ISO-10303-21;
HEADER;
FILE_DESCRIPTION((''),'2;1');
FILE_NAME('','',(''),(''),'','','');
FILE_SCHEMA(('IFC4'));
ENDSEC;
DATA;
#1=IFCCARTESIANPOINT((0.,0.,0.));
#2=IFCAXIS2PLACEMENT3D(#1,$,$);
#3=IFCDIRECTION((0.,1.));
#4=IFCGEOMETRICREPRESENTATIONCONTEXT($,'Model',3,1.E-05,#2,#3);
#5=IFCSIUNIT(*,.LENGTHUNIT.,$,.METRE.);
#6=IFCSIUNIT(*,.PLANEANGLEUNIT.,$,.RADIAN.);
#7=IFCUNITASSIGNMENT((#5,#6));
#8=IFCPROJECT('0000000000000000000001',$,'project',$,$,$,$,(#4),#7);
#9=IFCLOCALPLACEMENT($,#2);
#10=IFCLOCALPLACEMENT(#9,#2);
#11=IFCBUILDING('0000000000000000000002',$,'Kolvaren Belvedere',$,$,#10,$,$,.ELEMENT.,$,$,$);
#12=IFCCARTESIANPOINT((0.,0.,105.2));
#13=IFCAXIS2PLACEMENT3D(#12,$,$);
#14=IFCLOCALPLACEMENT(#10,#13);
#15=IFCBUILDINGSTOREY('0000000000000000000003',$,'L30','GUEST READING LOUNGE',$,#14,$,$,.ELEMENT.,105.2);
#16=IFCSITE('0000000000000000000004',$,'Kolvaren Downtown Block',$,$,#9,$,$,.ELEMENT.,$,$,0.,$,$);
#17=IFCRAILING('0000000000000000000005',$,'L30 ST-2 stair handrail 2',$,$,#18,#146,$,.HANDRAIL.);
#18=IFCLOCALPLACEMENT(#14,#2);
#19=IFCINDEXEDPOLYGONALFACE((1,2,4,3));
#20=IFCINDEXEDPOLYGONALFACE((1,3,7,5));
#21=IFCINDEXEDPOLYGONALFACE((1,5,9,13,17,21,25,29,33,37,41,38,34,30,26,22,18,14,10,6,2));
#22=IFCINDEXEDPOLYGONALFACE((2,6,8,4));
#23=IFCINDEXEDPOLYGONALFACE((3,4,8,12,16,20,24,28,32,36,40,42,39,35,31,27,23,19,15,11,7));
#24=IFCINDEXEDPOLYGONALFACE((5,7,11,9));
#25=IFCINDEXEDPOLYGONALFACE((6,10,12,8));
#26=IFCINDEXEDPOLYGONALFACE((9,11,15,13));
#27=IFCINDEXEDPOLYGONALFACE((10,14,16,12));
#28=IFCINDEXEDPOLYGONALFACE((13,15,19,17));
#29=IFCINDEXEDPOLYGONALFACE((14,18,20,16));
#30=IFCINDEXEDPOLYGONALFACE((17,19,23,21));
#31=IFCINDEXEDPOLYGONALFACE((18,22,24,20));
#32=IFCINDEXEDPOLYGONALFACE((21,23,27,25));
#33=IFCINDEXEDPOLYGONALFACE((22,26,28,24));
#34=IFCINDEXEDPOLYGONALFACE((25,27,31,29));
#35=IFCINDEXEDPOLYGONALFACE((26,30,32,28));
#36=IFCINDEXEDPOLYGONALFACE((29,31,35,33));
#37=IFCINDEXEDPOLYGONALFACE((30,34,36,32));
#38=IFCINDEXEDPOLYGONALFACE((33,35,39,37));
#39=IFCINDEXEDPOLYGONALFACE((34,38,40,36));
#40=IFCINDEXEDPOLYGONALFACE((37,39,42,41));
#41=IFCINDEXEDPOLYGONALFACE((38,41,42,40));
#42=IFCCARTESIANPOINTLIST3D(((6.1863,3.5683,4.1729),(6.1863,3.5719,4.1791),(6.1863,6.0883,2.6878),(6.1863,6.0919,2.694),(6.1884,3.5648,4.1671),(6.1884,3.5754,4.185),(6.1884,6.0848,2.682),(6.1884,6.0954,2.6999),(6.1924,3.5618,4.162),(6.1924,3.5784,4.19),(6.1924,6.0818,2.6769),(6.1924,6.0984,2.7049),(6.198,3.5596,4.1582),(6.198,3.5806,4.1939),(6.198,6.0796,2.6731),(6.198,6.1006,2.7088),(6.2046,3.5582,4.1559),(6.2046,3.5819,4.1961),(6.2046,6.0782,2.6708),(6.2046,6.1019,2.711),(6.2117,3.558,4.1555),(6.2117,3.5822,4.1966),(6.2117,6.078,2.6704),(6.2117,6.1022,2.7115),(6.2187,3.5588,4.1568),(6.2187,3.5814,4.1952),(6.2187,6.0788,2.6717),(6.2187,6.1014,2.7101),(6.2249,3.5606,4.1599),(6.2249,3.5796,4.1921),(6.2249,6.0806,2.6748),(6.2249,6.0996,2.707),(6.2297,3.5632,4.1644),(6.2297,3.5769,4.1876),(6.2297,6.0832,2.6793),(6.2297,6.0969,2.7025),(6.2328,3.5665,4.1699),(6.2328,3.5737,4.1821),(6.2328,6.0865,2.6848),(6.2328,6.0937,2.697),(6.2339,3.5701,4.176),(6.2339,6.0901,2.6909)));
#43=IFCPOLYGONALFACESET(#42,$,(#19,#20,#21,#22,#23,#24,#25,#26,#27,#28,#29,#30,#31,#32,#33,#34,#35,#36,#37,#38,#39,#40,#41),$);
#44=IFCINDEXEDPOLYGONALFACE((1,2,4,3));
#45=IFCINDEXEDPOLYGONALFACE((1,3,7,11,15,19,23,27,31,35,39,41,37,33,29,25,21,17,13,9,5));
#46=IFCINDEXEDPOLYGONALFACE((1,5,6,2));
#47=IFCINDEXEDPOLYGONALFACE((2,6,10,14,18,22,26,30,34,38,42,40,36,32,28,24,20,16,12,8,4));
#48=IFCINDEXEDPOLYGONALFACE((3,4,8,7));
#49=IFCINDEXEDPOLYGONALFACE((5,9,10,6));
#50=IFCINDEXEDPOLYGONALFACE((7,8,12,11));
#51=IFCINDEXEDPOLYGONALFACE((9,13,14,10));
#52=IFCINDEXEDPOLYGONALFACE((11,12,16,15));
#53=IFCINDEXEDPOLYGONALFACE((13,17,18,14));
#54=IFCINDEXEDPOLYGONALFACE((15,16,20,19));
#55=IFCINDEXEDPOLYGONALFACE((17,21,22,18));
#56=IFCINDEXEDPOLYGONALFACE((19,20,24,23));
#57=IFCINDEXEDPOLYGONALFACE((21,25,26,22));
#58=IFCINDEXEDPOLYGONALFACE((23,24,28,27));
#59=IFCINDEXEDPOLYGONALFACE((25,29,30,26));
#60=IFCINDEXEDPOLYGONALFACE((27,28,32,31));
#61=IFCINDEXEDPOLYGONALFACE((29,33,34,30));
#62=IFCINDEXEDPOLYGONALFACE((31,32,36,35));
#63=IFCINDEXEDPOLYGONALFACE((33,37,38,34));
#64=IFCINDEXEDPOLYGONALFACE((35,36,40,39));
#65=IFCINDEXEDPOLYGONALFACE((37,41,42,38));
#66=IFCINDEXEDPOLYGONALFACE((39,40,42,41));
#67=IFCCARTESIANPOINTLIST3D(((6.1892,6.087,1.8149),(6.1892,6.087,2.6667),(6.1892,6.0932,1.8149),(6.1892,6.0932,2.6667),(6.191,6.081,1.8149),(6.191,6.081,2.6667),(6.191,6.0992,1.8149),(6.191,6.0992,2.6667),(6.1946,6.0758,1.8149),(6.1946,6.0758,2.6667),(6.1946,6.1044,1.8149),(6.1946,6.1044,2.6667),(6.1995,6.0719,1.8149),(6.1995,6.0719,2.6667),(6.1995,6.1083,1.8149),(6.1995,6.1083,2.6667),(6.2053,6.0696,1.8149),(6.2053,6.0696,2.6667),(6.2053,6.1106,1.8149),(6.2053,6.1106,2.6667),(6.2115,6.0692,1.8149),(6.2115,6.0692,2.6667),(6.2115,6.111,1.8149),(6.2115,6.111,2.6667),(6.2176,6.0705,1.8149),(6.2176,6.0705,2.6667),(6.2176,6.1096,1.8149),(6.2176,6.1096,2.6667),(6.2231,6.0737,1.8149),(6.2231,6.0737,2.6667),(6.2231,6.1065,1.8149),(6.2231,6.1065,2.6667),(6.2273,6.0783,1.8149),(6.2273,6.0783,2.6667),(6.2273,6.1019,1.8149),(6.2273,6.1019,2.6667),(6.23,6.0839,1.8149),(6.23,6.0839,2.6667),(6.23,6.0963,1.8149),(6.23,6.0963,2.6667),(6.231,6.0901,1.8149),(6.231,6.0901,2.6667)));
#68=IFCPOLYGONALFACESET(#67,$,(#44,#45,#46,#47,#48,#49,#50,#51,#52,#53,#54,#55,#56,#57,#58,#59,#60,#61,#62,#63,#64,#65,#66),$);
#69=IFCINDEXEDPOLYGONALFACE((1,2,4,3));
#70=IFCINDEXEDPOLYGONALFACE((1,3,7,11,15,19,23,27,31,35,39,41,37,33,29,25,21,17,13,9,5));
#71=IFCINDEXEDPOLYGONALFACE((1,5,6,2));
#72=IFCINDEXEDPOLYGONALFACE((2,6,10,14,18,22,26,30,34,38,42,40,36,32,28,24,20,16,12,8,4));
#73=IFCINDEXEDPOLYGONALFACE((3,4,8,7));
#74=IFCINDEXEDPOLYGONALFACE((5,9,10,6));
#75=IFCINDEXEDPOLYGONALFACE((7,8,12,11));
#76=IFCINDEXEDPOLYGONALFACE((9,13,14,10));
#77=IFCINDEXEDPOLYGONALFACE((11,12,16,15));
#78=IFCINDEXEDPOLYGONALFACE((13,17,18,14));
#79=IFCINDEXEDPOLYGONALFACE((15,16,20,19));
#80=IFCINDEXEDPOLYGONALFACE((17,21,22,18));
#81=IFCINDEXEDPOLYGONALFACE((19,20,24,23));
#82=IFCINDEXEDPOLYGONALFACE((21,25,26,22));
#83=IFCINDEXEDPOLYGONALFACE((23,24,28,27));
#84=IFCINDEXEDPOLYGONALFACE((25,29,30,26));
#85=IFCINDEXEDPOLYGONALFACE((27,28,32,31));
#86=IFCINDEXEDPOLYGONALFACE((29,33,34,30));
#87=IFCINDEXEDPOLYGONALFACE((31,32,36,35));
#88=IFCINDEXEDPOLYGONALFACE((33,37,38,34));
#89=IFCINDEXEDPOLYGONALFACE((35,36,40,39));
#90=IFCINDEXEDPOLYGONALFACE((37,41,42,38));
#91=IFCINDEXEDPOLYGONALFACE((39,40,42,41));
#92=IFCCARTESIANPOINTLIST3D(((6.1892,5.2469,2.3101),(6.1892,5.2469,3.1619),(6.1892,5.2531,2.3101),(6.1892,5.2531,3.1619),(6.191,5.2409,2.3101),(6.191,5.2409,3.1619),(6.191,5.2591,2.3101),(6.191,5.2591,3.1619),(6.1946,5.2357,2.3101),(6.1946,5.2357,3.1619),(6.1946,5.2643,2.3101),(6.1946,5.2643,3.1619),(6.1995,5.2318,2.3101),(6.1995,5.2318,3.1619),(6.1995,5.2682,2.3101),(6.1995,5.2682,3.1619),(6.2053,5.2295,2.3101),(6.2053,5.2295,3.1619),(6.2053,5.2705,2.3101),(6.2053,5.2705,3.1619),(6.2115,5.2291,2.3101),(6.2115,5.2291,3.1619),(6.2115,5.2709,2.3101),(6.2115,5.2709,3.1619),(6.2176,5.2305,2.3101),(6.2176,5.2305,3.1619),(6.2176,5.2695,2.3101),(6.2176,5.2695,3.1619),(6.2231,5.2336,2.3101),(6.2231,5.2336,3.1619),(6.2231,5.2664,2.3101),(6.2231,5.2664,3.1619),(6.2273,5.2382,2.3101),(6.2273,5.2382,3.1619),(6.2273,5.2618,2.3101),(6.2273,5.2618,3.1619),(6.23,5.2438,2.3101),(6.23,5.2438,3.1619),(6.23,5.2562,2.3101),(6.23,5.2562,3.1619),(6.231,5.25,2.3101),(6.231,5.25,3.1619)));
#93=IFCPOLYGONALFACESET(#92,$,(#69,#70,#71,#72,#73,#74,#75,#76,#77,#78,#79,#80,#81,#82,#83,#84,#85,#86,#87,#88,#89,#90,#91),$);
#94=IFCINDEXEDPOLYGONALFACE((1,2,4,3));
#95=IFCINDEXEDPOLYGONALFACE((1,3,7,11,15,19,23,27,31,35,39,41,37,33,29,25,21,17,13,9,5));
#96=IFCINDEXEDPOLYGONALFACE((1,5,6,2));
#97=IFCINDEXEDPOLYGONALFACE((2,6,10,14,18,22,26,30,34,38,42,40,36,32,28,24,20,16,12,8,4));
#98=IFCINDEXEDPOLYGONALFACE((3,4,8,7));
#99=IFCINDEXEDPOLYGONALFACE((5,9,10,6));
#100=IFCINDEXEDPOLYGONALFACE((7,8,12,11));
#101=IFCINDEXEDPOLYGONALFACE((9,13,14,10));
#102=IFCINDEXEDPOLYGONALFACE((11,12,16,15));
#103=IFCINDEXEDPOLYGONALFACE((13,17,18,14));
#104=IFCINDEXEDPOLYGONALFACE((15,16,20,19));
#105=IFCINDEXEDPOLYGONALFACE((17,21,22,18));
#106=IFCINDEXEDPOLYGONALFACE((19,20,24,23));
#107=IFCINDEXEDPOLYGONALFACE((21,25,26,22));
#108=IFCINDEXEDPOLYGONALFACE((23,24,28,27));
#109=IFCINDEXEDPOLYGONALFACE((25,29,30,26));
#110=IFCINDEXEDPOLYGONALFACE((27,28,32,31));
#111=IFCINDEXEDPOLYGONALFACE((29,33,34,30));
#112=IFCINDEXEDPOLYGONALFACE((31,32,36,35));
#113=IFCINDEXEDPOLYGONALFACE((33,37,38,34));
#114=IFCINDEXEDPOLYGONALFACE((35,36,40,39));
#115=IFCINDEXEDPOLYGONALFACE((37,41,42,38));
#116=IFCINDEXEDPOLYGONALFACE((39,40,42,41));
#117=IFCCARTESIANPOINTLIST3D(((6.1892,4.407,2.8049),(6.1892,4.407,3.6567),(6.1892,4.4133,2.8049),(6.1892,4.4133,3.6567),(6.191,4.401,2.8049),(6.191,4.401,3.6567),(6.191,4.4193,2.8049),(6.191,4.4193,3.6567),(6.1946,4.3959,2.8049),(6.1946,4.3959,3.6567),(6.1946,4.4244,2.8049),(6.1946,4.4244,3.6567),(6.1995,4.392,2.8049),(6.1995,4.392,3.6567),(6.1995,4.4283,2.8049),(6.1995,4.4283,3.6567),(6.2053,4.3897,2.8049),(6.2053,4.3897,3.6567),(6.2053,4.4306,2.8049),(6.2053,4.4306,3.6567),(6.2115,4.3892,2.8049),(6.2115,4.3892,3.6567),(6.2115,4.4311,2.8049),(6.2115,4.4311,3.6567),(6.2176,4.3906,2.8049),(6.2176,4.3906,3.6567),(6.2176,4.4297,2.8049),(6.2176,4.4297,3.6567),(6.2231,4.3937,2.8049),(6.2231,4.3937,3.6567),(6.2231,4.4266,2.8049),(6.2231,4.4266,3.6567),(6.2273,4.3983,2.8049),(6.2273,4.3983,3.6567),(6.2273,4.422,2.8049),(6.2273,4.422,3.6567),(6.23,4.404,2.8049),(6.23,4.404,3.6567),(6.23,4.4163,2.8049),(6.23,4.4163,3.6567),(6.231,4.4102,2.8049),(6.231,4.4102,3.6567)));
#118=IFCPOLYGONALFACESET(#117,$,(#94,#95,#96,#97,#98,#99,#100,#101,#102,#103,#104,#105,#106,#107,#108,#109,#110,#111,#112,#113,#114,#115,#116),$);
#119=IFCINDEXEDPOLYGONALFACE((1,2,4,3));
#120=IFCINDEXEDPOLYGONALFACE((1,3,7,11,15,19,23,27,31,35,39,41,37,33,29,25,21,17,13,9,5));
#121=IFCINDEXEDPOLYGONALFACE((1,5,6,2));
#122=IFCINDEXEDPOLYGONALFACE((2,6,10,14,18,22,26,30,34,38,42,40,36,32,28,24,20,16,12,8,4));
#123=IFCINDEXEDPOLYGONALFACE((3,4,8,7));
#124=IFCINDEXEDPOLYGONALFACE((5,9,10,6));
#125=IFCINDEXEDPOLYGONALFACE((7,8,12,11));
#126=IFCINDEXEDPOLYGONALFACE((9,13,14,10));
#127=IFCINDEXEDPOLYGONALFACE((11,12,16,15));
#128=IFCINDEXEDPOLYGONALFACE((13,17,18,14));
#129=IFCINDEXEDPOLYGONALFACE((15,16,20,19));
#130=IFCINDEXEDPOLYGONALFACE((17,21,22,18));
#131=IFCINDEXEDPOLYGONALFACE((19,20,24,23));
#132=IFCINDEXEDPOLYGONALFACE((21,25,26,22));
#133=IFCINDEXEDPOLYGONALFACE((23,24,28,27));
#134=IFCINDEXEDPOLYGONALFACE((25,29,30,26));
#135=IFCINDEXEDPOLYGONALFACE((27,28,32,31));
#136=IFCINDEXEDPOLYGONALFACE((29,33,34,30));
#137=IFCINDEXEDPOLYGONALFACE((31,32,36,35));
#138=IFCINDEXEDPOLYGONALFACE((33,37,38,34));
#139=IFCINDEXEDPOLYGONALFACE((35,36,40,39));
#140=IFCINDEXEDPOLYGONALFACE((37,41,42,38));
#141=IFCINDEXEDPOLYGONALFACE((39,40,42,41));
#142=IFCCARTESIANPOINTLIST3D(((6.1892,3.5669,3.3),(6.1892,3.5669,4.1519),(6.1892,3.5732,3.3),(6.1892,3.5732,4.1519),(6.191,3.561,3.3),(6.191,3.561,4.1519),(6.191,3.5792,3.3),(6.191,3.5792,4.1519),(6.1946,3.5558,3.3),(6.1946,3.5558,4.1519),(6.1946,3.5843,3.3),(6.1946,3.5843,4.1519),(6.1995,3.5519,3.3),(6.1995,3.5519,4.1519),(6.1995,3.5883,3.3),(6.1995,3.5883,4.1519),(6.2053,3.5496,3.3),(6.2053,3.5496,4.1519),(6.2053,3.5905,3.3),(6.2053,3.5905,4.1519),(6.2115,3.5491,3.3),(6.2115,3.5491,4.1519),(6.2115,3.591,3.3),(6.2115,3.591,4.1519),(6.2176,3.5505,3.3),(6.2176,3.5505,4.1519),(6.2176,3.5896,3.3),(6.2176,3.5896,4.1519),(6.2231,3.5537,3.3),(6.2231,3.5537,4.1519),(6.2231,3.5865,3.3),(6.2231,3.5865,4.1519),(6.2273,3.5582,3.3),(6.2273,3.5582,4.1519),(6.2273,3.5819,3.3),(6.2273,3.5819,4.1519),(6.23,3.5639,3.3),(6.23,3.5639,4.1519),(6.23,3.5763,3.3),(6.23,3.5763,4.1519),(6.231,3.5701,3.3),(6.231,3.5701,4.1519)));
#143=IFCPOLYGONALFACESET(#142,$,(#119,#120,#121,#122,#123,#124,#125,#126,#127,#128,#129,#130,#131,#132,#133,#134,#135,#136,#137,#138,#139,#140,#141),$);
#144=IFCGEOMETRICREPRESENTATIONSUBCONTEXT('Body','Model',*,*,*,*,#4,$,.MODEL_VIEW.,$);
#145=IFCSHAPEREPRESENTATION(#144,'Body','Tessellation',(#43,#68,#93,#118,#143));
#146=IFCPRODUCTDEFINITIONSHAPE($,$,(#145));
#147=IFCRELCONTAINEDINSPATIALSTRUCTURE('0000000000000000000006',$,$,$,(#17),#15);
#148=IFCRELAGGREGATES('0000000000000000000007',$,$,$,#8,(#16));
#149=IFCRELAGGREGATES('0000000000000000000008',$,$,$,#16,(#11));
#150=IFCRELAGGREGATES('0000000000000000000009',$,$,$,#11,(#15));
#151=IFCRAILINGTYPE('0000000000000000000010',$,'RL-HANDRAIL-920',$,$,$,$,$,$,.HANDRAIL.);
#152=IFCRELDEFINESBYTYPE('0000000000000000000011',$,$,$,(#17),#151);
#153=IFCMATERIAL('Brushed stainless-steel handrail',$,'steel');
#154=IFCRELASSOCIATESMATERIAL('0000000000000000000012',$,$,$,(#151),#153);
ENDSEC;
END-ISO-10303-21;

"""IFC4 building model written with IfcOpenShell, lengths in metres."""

from ifc_helpers import new_model, si_unit, direction, frame, origin, origin_2d, place, context, subcontext, project, spatial, circle, extrude, material, type_object, element, save


model = new_model("IFC4")

# Units and contexts
model_context = context("Model", 3, precision=1e-05, world=origin(), true_north=direction((0.0, 1.0)))
body_context = subcontext(model_context, "Body", "Model", "MODEL_VIEW")
ifc_project = project(units=[si_unit("LENGTHUNIT", "METRE"), si_unit("PLANEANGLEUNIT", "RADIAN")], contexts=[model_context])

# Site, building, storey
site_placement = place(None, origin())
site = spatial("IfcSite", under=ifc_project, at=site_placement, Name="Kolvaren Downtown Block", CompositionType="ELEMENT", RefElevation=0.0)
building_placement = place(site_placement, origin())
building = spatial("IfcBuilding", under=site, at=building_placement, Name="Kolvaren Belvedere", CompositionType="ELEMENT")
storey_placement = place(building_placement, frame((0.0, 0.0, 105.2)))
storey = spatial("IfcBuildingStorey", under=building, at=storey_placement, Name="L30", Description="GUEST READING LOUNGE", CompositionType="ELEMENT", Elevation=105.2)

# Railing
ifc_material_1 = material(Name="Brushed stainless-steel handrail", Category="steel")
railing_type_1 = type_object("IfcRailingType", Name="RL-HANDRAIL-920", PredefinedType="HANDRAIL", material=ifc_material_1)
railing_1_placement = place(storey_placement, frame((6.21, 6.0901, 1.8149)))
element("IfcRailing", 1, at=railing_1_placement, inside=storey, type_object=railing_type_1, Name="L30 ST-2 stair handrail 2", PredefinedType="HANDRAIL", context=body_context, shape_type="SweptSolid", body=[
    extrude(circle(Radius=0.0239, at=origin_2d()), frame((0.0, 0.0, 0.876), z_axis=(0.0, -0.861524, 0.507717), x_axis=(1.0, 0.0, 0.0)), (0.0, 0.0, 1.0), 2.925),
    extrude(circle(Radius=0.021, at=origin_2d()), origin(), (0.0, 0.0, 1.0), 0.8518),
    extrude(circle(Radius=0.021, at=origin_2d()), frame((0.0, -0.8401, 0.4951)), (0.0, 0.0, 1.0), 0.8518),
    extrude(circle(Radius=0.021, at=origin_2d()), frame((0.0, -1.6799, 0.99)), (0.0, 0.0, 1.0), 0.8518),
    extrude(circle(Radius=0.021, at=origin_2d()), frame((0.0, -2.52, 1.4851)), (0.0, 0.0, 1.0), 0.8518),
])

save(model, "model.ifc")
